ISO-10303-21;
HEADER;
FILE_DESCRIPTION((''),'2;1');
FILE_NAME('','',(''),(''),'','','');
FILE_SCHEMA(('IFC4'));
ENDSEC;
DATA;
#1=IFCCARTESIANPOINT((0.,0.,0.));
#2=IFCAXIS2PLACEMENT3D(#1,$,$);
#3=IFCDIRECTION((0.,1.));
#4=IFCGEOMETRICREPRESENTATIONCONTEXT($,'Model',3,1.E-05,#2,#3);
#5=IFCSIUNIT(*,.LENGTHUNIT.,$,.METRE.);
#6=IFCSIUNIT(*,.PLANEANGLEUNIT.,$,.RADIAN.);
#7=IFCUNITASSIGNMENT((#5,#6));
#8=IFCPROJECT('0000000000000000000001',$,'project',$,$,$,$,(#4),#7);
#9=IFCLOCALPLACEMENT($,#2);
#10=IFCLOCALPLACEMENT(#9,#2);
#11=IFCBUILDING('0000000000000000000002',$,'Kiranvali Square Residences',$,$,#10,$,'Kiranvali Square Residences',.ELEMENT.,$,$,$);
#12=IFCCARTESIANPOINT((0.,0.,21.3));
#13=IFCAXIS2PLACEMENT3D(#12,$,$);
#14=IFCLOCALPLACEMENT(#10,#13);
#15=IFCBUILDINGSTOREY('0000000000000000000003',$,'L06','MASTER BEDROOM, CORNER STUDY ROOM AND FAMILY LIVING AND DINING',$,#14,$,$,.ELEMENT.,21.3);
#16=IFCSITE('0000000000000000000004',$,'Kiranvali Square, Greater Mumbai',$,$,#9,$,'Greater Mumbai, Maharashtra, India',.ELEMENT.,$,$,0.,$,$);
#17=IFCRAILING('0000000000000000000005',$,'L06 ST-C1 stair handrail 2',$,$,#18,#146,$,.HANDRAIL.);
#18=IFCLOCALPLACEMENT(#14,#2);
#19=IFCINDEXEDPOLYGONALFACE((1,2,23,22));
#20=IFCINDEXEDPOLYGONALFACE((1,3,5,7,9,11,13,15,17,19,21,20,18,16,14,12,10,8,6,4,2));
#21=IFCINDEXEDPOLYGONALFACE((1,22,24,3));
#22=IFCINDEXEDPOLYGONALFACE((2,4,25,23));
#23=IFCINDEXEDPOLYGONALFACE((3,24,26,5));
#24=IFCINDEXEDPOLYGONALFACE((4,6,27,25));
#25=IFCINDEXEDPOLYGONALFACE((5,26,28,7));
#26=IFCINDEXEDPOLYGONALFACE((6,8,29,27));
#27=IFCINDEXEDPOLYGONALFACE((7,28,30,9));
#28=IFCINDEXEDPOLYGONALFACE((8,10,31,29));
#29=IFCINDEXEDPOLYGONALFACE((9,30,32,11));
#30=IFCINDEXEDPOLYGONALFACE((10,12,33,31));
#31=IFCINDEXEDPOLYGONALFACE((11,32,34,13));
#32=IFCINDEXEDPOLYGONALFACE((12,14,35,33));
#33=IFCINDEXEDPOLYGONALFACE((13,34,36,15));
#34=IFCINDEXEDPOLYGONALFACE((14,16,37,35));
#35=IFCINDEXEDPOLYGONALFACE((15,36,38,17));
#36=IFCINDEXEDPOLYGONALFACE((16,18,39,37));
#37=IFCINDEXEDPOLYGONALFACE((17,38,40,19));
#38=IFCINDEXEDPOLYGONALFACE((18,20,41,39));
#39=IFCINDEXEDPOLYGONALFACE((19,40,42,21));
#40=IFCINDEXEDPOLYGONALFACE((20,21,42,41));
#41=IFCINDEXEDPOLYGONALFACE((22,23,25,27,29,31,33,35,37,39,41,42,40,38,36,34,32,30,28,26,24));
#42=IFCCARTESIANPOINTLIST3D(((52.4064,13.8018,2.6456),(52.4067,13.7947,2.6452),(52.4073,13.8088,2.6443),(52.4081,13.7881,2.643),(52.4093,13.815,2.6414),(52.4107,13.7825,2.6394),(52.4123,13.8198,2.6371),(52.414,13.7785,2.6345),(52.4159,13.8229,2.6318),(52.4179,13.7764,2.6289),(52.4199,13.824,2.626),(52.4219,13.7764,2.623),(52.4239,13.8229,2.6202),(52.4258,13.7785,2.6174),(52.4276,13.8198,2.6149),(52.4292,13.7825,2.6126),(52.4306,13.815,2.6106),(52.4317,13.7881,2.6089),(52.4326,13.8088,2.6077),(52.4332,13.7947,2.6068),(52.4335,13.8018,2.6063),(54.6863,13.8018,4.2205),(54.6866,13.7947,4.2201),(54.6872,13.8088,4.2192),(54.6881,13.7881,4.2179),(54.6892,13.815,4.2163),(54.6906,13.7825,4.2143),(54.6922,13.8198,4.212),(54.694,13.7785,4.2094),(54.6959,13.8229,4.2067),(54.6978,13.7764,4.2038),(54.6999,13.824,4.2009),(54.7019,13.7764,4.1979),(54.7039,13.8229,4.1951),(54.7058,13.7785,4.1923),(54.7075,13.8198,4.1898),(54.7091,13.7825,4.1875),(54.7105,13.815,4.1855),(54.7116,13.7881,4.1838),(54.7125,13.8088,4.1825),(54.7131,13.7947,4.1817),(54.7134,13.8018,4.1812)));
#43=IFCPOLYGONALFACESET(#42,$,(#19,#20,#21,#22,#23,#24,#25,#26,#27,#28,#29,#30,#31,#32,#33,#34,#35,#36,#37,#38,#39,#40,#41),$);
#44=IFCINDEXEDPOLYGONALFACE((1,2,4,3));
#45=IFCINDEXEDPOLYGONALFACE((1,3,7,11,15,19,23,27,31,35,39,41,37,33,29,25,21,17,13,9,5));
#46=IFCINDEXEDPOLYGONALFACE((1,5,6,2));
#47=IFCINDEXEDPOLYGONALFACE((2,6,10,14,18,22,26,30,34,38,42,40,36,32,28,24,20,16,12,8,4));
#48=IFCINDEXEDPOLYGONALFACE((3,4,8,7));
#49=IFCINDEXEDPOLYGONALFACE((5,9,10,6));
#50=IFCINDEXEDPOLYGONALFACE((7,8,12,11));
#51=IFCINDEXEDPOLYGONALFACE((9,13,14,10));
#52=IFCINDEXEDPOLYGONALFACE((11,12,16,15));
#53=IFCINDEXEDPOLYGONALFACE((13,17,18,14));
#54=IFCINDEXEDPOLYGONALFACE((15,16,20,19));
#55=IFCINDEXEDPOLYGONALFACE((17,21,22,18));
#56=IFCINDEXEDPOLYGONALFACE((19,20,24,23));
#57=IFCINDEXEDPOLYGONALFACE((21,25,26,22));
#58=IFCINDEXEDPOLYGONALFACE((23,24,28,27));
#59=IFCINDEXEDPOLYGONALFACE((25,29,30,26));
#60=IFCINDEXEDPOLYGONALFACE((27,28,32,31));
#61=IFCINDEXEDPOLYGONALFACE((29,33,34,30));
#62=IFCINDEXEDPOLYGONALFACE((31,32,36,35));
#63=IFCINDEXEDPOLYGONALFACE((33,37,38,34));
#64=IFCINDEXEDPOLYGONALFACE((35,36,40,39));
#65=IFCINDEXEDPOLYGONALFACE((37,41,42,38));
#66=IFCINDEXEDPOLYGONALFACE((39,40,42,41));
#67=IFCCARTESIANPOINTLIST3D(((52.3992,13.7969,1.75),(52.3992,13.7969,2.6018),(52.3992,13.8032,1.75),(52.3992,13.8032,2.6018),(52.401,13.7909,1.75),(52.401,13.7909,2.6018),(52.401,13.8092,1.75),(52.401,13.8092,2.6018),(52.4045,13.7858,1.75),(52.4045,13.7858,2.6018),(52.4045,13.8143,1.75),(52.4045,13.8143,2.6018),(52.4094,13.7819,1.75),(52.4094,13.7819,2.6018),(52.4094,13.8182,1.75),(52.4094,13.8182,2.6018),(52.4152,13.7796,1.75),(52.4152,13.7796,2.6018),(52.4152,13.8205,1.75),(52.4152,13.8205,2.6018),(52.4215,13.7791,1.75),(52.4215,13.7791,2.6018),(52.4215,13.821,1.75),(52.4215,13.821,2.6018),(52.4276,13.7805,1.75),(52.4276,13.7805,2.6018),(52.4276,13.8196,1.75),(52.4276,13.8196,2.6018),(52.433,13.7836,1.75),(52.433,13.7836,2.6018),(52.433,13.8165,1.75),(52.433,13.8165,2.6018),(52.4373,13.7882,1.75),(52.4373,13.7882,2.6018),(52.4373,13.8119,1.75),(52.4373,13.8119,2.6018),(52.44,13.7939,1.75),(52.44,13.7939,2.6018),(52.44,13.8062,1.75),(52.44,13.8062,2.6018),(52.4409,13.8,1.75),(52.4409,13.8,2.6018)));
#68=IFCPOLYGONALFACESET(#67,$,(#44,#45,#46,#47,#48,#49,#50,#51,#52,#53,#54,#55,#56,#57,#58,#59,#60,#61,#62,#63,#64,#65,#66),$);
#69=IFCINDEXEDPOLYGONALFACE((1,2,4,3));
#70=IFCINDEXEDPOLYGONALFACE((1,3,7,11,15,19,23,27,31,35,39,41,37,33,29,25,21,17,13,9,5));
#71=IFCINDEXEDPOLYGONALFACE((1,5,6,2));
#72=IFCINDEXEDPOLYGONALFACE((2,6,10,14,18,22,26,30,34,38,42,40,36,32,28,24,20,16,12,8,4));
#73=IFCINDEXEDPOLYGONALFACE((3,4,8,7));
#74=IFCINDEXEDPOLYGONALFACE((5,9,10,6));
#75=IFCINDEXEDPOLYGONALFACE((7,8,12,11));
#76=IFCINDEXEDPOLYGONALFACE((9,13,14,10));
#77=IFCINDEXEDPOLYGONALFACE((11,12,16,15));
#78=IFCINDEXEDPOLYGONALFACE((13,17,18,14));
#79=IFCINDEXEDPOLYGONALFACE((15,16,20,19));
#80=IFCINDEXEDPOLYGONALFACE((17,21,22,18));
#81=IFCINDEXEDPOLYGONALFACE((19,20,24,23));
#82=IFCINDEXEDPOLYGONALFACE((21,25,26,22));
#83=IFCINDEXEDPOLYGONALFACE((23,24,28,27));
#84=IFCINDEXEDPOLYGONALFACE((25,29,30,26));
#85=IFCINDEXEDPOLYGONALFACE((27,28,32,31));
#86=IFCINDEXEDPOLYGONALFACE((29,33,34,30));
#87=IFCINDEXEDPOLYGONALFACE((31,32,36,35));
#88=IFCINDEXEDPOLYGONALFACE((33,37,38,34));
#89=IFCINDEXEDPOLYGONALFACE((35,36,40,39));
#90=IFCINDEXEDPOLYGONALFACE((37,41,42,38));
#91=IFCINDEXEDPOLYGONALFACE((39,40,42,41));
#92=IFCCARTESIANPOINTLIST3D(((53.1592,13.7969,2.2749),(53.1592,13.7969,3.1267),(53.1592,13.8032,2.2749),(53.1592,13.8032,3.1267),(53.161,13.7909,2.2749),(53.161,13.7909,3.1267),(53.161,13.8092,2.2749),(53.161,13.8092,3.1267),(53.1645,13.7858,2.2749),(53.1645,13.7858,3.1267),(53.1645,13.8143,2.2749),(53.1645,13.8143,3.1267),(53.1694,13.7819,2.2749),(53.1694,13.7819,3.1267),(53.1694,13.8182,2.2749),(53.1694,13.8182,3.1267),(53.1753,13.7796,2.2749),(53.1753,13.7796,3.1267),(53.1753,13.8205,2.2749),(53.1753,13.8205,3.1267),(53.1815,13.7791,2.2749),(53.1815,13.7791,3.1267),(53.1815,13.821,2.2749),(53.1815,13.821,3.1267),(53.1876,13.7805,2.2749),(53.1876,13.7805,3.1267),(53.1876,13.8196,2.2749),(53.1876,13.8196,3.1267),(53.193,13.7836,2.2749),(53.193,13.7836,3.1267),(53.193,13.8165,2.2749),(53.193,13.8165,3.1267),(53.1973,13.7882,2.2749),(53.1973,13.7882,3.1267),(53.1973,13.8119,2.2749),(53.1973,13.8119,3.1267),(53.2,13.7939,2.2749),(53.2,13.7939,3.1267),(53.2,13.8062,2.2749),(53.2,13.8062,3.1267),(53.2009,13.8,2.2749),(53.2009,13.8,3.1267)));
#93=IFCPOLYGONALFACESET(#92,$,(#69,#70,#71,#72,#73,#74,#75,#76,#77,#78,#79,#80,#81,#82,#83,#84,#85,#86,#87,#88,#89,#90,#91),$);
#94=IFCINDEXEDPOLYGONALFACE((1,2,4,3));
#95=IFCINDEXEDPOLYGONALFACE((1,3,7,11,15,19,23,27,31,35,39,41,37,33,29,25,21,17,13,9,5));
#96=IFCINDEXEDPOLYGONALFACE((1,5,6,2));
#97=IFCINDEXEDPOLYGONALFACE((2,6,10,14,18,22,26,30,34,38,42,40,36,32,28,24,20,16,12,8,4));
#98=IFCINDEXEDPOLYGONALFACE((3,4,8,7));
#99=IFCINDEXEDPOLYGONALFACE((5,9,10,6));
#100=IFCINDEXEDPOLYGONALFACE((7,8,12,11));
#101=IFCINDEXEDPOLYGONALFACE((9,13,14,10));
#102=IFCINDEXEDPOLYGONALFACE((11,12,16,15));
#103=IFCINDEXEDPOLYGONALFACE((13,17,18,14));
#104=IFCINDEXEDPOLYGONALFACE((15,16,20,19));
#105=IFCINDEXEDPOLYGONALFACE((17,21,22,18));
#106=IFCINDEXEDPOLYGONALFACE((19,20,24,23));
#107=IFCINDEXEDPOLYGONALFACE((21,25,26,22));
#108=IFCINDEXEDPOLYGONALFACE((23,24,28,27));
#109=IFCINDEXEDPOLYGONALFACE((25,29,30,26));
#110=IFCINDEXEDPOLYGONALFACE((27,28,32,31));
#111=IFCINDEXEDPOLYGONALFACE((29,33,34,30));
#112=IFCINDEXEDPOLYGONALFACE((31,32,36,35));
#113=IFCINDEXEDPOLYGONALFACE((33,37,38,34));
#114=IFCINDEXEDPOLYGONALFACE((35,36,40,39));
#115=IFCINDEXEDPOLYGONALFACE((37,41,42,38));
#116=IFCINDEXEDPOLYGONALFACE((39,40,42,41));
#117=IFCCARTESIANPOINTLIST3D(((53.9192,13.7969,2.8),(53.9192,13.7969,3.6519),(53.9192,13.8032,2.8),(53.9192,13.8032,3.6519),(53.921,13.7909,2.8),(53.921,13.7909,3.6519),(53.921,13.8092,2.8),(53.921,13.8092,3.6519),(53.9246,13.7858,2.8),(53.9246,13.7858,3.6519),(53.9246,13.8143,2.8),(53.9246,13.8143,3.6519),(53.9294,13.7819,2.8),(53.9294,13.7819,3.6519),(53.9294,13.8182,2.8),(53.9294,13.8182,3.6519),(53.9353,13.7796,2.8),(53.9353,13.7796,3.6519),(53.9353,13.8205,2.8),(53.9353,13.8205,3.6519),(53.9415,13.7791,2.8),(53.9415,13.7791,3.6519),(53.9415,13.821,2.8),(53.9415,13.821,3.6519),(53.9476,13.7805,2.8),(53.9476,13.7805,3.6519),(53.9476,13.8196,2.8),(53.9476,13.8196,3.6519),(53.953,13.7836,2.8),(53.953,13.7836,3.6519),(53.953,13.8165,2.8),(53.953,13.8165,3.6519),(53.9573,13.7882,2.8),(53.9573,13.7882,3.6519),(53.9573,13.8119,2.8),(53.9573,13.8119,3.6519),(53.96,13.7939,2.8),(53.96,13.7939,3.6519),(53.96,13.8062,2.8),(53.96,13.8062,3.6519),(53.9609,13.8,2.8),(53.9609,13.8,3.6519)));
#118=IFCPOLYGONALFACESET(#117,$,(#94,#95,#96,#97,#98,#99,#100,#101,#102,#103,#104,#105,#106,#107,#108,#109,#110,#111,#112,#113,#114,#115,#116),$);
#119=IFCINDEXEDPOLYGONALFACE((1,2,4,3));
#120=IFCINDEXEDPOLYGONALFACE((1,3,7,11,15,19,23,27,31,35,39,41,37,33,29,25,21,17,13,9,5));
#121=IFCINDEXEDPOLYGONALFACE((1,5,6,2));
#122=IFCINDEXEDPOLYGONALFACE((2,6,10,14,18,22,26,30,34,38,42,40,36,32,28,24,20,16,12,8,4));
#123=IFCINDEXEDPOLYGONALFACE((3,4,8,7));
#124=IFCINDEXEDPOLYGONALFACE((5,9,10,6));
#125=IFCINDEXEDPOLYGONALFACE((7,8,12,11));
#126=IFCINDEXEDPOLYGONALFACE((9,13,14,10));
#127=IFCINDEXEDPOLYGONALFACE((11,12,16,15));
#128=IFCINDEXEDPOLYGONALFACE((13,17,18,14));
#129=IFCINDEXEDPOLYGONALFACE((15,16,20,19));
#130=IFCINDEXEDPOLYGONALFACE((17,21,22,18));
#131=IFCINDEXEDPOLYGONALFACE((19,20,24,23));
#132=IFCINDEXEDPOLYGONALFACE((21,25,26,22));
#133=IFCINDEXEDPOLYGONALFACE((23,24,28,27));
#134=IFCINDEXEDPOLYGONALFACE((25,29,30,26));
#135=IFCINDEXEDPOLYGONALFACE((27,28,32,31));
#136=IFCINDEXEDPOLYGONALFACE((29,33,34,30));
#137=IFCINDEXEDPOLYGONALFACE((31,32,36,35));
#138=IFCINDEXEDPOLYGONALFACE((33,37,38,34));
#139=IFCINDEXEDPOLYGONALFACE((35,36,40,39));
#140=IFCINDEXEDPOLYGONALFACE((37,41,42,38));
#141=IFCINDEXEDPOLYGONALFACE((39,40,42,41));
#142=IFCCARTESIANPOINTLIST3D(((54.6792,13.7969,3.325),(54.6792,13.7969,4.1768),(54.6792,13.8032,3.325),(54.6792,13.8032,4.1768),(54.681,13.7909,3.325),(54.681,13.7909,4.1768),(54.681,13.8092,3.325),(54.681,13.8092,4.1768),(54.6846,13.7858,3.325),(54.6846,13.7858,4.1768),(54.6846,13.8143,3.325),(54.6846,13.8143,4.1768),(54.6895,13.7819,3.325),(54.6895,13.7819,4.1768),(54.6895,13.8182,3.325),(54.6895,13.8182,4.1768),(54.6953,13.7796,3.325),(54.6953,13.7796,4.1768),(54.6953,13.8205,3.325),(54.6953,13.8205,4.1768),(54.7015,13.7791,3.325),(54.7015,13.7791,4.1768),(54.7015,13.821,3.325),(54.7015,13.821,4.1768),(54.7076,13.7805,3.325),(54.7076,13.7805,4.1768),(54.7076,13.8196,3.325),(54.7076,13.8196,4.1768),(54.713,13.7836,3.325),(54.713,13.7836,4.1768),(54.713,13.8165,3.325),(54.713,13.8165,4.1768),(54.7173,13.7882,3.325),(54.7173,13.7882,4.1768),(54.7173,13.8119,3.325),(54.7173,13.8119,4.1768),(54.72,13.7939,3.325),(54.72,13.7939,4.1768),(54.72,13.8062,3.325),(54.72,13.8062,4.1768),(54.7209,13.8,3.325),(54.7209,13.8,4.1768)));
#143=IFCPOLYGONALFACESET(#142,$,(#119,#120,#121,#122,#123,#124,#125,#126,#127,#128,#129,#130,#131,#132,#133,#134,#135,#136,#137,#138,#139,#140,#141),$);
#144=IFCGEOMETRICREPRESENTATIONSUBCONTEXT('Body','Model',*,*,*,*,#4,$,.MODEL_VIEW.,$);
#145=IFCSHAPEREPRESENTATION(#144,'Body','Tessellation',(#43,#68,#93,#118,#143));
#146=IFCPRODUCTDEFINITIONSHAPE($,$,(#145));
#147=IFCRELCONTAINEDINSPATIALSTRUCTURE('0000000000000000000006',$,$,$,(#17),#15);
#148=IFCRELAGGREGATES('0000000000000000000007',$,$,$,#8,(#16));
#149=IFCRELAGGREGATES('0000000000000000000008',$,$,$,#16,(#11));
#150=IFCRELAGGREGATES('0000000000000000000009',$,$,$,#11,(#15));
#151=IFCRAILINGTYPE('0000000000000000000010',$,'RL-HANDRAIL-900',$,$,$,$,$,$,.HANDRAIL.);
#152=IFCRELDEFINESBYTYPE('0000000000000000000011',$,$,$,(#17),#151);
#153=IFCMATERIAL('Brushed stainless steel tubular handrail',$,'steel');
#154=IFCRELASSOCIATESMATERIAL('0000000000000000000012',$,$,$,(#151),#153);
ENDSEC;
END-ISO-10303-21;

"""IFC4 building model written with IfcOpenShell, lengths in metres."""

from ifc_helpers import new_model, si_unit, direction, frame, origin, origin_2d, place, context, subcontext, project, spatial, circle, extrude, material, type_object, element, save


model = new_model("IFC4")

# Units and contexts
model_context = context("Model", 3, precision=1e-05, world=origin(), true_north=direction((0.0, 1.0)))
body_context = subcontext(model_context, "Body", "Model", "MODEL_VIEW")
ifc_project = project(units=[si_unit("LENGTHUNIT", "METRE"), si_unit("PLANEANGLEUNIT", "RADIAN")], contexts=[model_context])

# Site, building, storey
site_placement = place(None, origin())
site = spatial("IfcSite", under=ifc_project, at=site_placement, Name="Kiranvali Square, Greater Mumbai", LongName="Greater Mumbai, Maharashtra, India", CompositionType="ELEMENT", RefElevation=0.0)
building_placement = place(site_placement, origin())
building = spatial("IfcBuilding", under=site, at=building_placement, Name="Kiranvali Square Residences", LongName="Kiranvali Square Residences", CompositionType="ELEMENT")
storey_placement = place(building_placement, frame((0.0, 0.0, 21.3)))
storey = spatial("IfcBuildingStorey", under=building, at=storey_placement, Name="L06", Description="MASTER BEDROOM, CORNER STUDY ROOM AND FAMILY LIVING AND DINING", CompositionType="ELEMENT", Elevation=21.3)

# Railing
ifc_material_1 = material(Name="Brushed stainless steel tubular handrail", Category="steel")
railing_type_1 = type_object("IfcRailingType", Name="RL-HANDRAIL-900", PredefinedType="HANDRAIL", material=ifc_material_1)
railing_1_placement = place(storey_placement, frame((52.4199, 13.8, 1.75)))
element("IfcRailing", 1, at=railing_1_placement, inside=storey, type_object=railing_type_1, Name="L06 ST-C1 stair handrail 2", PredefinedType="HANDRAIL", context=body_context, shape_type="SweptSolid", body=[
    extrude(circle(Radius=0.0239, at=origin_2d()), frame((0.0, 0.0, 0.876), z_axis=(0.822788, 0.0, 0.568348), x_axis=(0.0, 1.0, 0.0)), (0.0, 0.0, 1.0), 2.771),
    extrude(circle(Radius=0.021, at=origin_2d()), origin(), (0.0, 0.0, 1.0), 0.8518),
    extrude(circle(Radius=0.021, at=origin_2d()), frame((0.76, 0.0, 0.5249)), (0.0, 0.0, 1.0), 0.8518),
    extrude(circle(Radius=0.021, at=origin_2d()), frame((1.52, 0.0, 1.05)), (0.0, 0.0, 1.0), 0.8518),
    extrude(circle(Radius=0.021, at=origin_2d()), frame((2.28, 0.0, 1.575)), (0.0, 0.0, 1.0), 0.8518),
])

save(model, "model.ifc")
